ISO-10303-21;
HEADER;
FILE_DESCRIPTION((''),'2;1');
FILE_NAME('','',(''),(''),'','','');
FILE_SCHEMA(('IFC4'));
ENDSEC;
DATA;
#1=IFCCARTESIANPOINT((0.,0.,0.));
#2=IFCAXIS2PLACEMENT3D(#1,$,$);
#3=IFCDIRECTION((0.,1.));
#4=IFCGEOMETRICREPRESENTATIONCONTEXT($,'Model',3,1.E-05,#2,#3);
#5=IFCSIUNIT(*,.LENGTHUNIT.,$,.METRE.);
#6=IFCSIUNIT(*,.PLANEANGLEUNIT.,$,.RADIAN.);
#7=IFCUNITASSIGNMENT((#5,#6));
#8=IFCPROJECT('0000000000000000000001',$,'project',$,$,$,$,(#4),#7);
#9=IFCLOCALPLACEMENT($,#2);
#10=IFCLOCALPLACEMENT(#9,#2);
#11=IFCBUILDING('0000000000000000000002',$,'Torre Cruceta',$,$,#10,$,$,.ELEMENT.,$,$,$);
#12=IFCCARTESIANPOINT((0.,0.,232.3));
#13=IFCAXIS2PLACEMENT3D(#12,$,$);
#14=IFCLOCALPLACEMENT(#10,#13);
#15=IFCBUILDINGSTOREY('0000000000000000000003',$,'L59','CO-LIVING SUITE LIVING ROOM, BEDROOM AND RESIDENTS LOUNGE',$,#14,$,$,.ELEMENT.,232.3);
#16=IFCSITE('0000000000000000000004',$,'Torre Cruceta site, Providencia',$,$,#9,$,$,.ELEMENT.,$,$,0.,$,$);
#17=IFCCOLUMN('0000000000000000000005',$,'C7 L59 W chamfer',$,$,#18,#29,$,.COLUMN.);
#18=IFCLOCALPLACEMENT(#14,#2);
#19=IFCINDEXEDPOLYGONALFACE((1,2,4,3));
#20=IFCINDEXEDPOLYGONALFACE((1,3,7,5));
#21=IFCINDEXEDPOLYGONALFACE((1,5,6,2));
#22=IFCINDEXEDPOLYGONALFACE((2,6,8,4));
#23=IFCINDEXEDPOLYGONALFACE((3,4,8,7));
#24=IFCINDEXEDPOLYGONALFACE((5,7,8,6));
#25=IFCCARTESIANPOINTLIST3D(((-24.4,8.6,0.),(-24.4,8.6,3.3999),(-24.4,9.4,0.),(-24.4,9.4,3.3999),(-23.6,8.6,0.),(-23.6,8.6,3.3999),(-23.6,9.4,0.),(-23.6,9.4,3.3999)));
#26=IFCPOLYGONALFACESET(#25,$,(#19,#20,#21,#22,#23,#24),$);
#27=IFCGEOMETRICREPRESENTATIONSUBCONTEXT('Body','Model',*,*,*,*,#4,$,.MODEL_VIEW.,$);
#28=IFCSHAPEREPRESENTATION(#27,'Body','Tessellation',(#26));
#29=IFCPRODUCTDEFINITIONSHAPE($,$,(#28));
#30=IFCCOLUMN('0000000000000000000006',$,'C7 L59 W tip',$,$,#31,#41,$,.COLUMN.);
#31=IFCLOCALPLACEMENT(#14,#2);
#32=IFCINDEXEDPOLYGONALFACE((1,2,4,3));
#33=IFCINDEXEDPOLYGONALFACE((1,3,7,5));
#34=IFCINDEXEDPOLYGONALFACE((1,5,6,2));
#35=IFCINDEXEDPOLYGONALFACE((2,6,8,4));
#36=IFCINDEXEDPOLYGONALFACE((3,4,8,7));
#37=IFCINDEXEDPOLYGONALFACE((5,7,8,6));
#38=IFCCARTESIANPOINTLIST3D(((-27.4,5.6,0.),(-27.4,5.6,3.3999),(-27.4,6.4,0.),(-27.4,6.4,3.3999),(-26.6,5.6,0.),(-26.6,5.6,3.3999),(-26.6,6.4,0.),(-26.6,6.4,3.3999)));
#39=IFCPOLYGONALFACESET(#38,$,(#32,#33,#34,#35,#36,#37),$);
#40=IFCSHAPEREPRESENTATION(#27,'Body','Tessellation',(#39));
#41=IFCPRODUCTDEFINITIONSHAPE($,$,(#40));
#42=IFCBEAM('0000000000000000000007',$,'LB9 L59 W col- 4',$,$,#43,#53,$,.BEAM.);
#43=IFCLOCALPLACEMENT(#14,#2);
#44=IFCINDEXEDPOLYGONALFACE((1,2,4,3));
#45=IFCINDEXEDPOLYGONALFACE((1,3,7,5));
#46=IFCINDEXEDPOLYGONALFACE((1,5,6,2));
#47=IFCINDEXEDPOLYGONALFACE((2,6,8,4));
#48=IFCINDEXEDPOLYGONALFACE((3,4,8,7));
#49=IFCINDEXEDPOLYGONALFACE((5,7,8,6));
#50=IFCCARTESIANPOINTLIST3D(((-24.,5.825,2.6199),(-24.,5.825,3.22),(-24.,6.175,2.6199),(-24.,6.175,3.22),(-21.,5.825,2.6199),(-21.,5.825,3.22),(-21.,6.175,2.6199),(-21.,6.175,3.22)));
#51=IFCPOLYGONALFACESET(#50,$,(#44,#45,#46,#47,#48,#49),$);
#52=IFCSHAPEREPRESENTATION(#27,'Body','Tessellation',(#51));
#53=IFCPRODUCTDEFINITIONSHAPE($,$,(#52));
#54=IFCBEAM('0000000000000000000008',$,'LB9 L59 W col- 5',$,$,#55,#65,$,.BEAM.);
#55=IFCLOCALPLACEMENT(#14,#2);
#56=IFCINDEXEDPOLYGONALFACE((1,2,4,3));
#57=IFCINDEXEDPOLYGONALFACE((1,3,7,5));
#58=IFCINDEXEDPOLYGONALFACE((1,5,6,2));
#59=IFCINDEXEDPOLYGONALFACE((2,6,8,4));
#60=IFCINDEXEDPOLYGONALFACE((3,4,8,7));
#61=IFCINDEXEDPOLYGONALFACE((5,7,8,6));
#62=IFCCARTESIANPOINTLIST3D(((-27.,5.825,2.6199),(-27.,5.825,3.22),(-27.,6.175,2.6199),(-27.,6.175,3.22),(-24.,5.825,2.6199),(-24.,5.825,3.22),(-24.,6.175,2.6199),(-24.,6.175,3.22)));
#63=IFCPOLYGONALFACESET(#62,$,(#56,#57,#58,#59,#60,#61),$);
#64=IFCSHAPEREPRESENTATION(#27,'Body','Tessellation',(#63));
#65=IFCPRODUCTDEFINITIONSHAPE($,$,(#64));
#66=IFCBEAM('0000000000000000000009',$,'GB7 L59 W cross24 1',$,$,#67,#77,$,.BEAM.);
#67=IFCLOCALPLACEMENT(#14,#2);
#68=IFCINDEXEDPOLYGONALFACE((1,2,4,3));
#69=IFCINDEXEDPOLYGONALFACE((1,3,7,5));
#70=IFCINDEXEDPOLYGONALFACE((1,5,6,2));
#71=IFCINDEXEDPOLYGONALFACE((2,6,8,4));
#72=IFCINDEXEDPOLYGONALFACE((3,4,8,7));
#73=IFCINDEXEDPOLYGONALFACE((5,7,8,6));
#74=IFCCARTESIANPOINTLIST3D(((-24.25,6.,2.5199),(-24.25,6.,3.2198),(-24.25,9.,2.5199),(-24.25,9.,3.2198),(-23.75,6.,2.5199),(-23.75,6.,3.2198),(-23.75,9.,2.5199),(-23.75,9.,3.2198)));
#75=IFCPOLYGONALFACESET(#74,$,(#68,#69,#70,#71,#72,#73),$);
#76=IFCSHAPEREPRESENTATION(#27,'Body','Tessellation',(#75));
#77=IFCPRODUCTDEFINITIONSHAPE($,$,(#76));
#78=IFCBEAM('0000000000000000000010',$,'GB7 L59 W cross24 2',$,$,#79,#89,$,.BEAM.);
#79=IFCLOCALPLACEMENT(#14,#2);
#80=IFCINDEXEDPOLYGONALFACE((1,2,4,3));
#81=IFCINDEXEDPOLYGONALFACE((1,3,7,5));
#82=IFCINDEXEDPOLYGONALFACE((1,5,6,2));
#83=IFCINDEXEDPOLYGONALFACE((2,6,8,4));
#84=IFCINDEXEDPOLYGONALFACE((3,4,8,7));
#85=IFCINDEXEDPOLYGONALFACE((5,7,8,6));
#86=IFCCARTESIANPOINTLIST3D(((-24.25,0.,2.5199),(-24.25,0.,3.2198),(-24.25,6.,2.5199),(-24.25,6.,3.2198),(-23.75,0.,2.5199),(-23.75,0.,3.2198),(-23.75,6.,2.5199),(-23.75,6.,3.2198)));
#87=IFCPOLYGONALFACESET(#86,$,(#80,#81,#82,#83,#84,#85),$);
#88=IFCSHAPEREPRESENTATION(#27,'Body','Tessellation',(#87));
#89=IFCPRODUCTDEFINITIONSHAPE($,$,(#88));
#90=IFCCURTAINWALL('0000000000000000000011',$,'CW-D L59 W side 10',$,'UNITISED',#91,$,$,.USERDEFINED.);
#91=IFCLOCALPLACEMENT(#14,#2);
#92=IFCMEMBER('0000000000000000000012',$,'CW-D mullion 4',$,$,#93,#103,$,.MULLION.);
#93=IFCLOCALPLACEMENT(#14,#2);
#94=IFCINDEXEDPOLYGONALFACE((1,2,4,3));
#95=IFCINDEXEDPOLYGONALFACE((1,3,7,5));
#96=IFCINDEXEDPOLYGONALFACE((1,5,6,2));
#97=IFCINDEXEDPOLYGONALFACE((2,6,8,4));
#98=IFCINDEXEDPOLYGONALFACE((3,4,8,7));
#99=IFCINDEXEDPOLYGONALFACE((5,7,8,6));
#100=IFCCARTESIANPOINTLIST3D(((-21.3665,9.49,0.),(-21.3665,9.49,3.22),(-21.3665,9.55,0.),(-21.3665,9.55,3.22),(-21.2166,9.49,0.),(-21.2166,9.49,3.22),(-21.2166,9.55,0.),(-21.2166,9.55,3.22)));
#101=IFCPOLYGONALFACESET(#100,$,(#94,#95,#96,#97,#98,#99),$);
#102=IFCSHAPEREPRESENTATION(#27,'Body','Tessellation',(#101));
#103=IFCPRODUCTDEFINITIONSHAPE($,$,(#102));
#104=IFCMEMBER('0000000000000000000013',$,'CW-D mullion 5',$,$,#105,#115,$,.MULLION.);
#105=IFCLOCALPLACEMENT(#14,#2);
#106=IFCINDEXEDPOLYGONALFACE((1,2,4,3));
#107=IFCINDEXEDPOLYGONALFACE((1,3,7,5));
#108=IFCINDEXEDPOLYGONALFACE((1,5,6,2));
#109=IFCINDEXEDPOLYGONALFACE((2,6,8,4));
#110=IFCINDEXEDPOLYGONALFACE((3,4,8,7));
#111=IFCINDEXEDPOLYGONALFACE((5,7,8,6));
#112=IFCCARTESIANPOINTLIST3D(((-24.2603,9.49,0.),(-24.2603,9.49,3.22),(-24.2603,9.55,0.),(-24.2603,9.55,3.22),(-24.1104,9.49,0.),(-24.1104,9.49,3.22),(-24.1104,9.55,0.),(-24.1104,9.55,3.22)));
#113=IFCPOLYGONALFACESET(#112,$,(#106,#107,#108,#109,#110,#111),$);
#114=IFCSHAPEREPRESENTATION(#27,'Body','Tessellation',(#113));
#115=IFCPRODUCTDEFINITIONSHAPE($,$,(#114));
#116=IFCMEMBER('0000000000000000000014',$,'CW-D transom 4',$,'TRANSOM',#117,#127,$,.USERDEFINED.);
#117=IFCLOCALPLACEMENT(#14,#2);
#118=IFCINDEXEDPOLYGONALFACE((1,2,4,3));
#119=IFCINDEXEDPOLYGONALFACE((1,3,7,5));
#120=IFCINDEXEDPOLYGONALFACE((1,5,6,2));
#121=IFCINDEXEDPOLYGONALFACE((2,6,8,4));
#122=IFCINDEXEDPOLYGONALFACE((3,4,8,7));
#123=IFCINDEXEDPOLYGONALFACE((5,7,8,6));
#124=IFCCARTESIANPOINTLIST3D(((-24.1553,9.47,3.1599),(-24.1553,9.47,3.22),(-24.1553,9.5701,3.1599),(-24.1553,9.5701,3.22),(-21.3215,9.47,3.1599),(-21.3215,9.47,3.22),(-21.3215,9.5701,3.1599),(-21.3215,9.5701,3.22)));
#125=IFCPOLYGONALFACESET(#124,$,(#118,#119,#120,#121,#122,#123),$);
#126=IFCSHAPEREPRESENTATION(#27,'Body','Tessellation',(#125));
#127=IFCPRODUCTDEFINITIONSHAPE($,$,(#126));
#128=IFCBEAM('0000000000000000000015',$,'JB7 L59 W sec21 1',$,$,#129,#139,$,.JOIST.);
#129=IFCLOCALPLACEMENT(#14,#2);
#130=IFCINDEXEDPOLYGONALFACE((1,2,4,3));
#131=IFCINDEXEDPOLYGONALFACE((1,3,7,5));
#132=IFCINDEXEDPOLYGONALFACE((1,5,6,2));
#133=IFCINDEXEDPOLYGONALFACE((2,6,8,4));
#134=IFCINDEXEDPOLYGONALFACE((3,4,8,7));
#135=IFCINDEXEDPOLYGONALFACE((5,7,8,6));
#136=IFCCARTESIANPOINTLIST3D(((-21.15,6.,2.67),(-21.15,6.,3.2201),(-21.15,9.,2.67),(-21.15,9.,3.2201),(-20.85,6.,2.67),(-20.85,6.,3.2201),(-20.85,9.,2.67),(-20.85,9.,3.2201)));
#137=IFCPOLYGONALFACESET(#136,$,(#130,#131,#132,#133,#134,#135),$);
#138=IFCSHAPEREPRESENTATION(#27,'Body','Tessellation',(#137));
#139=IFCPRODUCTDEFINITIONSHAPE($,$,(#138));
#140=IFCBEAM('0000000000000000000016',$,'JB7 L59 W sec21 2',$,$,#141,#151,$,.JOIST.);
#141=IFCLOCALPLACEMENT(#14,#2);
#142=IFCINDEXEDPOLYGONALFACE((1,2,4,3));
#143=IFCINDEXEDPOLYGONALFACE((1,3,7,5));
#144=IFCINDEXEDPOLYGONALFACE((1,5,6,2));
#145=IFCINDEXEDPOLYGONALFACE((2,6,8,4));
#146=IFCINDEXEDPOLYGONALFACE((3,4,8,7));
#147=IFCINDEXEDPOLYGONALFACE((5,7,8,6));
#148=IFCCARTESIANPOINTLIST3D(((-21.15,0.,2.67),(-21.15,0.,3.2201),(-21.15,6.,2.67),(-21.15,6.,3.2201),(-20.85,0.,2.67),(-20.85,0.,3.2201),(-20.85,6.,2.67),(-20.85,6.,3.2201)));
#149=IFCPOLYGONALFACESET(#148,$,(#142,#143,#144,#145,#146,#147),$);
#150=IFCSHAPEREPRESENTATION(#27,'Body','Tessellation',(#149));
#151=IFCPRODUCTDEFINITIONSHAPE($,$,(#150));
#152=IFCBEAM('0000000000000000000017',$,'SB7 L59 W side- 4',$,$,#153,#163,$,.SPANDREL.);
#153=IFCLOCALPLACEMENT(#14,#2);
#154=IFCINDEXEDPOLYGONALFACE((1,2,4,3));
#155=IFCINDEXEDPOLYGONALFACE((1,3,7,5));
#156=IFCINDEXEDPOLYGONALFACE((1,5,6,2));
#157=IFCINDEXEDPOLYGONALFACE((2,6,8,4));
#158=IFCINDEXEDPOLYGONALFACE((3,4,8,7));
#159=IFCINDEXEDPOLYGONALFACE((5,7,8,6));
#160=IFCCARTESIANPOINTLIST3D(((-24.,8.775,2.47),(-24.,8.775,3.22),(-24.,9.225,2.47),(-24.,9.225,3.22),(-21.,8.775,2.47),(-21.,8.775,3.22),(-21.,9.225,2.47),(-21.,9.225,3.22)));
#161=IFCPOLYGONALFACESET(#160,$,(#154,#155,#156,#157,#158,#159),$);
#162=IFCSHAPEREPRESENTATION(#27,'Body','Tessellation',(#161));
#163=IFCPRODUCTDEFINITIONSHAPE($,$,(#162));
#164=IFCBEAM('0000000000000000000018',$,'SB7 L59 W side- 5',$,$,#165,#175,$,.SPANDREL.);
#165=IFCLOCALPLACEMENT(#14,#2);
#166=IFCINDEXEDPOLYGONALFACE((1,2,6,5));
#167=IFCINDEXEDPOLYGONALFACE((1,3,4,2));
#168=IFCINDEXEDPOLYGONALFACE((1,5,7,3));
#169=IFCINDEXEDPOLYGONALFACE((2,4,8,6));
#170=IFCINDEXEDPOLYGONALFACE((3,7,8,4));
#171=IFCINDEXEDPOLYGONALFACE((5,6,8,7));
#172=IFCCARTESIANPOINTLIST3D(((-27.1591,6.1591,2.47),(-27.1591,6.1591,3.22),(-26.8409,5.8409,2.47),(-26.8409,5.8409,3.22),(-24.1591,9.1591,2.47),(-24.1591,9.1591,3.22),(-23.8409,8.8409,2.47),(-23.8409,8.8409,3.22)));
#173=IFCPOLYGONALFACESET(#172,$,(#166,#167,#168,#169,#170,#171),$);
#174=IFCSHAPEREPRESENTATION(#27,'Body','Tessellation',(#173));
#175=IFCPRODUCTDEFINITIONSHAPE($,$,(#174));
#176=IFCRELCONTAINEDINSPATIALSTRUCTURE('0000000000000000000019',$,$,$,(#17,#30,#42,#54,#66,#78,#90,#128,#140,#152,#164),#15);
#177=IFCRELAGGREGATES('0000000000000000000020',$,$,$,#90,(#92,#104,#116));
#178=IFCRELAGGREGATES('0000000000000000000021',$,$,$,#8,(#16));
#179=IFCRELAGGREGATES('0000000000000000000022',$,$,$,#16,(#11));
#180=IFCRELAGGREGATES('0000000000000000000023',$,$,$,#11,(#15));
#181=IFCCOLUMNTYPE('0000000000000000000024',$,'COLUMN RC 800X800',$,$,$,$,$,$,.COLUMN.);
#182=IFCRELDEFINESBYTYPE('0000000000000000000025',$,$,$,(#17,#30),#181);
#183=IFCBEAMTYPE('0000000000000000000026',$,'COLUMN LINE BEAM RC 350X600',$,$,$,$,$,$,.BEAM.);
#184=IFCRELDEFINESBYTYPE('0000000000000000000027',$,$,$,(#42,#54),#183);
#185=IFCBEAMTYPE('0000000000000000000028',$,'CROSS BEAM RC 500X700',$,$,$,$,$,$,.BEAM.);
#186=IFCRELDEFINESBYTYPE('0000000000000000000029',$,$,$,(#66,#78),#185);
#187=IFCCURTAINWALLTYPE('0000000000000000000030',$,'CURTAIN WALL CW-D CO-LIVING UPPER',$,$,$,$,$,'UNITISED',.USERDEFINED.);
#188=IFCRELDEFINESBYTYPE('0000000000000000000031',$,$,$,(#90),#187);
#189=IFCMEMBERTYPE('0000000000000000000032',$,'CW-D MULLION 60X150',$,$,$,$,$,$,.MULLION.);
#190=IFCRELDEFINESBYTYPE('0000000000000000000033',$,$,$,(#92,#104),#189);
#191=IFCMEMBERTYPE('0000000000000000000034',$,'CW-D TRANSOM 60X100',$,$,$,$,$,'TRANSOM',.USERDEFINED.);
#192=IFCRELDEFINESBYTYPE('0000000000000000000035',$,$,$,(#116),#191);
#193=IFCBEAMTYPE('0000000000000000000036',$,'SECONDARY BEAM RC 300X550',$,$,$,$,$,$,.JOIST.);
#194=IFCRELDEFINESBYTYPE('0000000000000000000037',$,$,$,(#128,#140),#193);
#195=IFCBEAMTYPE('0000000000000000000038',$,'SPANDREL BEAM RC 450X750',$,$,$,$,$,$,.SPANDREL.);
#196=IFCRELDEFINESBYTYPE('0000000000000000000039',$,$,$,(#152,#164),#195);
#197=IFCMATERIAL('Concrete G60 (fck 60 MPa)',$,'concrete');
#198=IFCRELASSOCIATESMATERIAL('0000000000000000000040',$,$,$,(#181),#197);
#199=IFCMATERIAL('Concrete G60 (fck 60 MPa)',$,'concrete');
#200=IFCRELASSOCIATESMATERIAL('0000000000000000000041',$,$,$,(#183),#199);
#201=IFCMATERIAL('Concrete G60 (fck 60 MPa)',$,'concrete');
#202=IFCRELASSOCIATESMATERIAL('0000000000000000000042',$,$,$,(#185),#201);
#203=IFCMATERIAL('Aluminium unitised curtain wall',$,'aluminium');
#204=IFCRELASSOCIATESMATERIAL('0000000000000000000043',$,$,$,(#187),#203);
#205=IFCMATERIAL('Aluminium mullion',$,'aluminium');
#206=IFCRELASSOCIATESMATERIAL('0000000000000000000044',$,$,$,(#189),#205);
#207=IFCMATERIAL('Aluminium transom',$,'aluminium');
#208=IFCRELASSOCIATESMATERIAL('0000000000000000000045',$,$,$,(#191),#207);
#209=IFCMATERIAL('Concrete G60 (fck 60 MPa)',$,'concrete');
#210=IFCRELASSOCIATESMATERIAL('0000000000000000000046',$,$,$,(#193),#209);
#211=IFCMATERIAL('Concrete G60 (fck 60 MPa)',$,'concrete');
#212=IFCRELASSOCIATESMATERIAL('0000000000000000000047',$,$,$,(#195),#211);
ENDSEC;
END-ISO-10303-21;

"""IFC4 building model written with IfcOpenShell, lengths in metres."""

from ifc_helpers import new_model, si_unit, direction, frame, origin, origin_2d, place, context, subcontext, project, spatial, rectangle, extrude, material, material_profile, profile_set, type_object, element, aggregate, save


model = new_model("IFC4")

# Units and contexts
model_context = context("Model", 3, precision=1e-05, world=origin(), true_north=direction((0.0, 1.0)))
body_context = subcontext(model_context, "Body", "Model", "MODEL_VIEW")
ifc_project = project(units=[si_unit("LENGTHUNIT", "METRE"), si_unit("PLANEANGLEUNIT", "RADIAN")], contexts=[model_context])

# Site, building, storey
site_placement = place(None, origin())
site = spatial("IfcSite", under=ifc_project, at=site_placement, Name="Torre Cruceta site, Providencia", CompositionType="ELEMENT", RefElevation=0.0)
building_placement = place(site_placement, origin())
building = spatial("IfcBuilding", under=site, at=building_placement, Name="Torre Cruceta", CompositionType="ELEMENT")
storey_placement = place(building_placement, frame((0.0, 0.0, 232.3)))
storey = spatial("IfcBuildingStorey", under=building, at=storey_placement, Name="L59", Description="CO-LIVING SUITE LIVING ROOM, BEDROOM AND RESIDENTS LOUNGE", CompositionType="ELEMENT", Elevation=232.3)

# Columns
ifc_material_1 = material(Name="Concrete G60 (fck 60 MPa)", Category="concrete")
ifc_material_profile_1 = material_profile(ifc_material_1, rectangle(XDim=0.8, YDim=0.8, at=origin_2d()), Name="RC 800X800")
ifc_profile_set_1 = profile_set([ifc_material_profile_1], Name="Concrete G60 (fck 60 MPa)")
column_type = type_object("IfcColumnType", Name="COLUMN RC 800X800", PredefinedType="COLUMN", material=ifc_profile_set_1)
for number, where, z_axis, x_axis, name in (
    (1, (-24.0, 9.0, 0.0), (0.0, 0.0, 1.0), (1.0, 0.0, 0.0), "C7 L59 W chamfer"),
    (2, (-27.0, 6.0, 0.0), (0.0, 0.0, 1.0), (1.0, 0.0, 0.0), "C7 L59 W tip"),
):
    element("IfcColumn", number, at=place(storey_placement, frame(where, z_axis=z_axis, x_axis=x_axis)), inside=storey, type_object=column_type, Name=name, PredefinedType="COLUMN", context=body_context, shape_type="SweptSolid", body=[
        extrude(rectangle(XDim=0.8, YDim=0.8, at=origin_2d()), origin(), (0.0, 0.0, 1.0), 3.3999),
    ])

# Beams
ifc_material_2 = material(Name="Concrete G60 (fck 60 MPa)", Category="concrete")
ifc_material_profile_2 = material_profile(ifc_material_2, rectangle(XDim=0.3501, YDim=0.6001, at=origin_2d()), Name="RC 350X600")
ifc_profile_set_2 = profile_set([ifc_material_profile_2], Name="Concrete G60 (fck 60 MPa)")
beam_type_1 = type_object("IfcBeamType", Name="COLUMN LINE BEAM RC 350X600", PredefinedType="BEAM", material=ifc_profile_set_2)
for number, where, z_axis, x_axis, name in (
    (3, (-21.0, 6.0, 2.9199), (-1.0, 0.0, 0.0), (0.0, -1.0, 0.0), "LB9 L59 W col- 4"),
    (4, (-24.0, 6.0, 2.9199), (-1.0, 0.0, 0.0), (0.0, -1.0, 0.0), "LB9 L59 W col- 5"),
):
    element("IfcBeam", number, at=place(storey_placement, frame(where, z_axis=z_axis, x_axis=x_axis)), inside=storey, type_object=beam_type_1, Name=name, PredefinedType="BEAM", context=body_context, shape_type="SweptSolid", body=[
        extrude(rectangle(XDim=0.3501, YDim=0.6001, at=origin_2d()), origin(), (0.0, 0.0, 1.0), 3.0),
    ])
ifc_material_3 = material(Name="Concrete G60 (fck 60 MPa)", Category="concrete")
ifc_material_profile_3 = material_profile(ifc_material_3, rectangle(XDim=0.5, YDim=0.7, at=origin_2d()), Name="RC 500X700")
ifc_profile_set_3 = profile_set([ifc_material_profile_3], Name="Concrete G60 (fck 60 MPa)")
beam_type_2 = type_object("IfcBeamType", Name="CROSS BEAM RC 500X700", PredefinedType="BEAM", material=ifc_profile_set_3)
beam_1_placement = place(storey_placement, frame((-24.0, 9.0, 2.8699), z_axis=(0.0, -1.0, 0.0), x_axis=(1.0, 0.0, 0.0)))
element("IfcBeam", 5, at=beam_1_placement, inside=storey, type_object=beam_type_2, Name="GB7 L59 W cross24 1", PredefinedType="BEAM", context=body_context, shape_type="SweptSolid", body=[
    extrude(rectangle(XDim=0.5, YDim=0.7, at=origin_2d()), origin(), (0.0, 0.0, 1.0), 3.0),
])
beam_2_placement = place(storey_placement, frame((-24.0, 6.0, 2.8699), z_axis=(0.0, -1.0, 0.0), x_axis=(1.0, 0.0, 0.0)))
element("IfcBeam", 6, at=beam_2_placement, inside=storey, type_object=beam_type_2, Name="GB7 L59 W cross24 2", PredefinedType="BEAM", context=body_context, shape_type="SweptSolid", body=[
    extrude(rectangle(XDim=0.5, YDim=0.7, at=origin_2d()), origin(), (0.0, 0.0, 1.0), 6.0),
])

# Curtain wall, members
ifc_material_4 = material(Name="Aluminium unitised curtain wall", Category="aluminium")
curtain_wall_type = type_object("IfcCurtainWallType", Name="CURTAIN WALL CW-D CO-LIVING UPPER", ElementType="UNITISED", PredefinedType="USERDEFINED", material=ifc_material_4)
curtain_wall_placement = place(storey_placement, origin())
curtain_wall = element("IfcCurtainWall", 7, at=curtain_wall_placement, inside=storey, type_object=curtain_wall_type, Name="CW-D L59 W side 10", ObjectType="UNITISED", PredefinedType="USERDEFINED")
ifc_material_5 = material(Name="Aluminium mullion", Category="aluminium")
ifc_material_profile_4 = material_profile(ifc_material_5, rectangle(XDim=0.0601, YDim=0.1499, at=origin_2d()), Name="AL 60X150")
ifc_profile_set_4 = profile_set([ifc_material_profile_4], Name="Aluminium mullion")
member_type_1 = type_object("IfcMemberType", Name="CW-D MULLION 60X150", PredefinedType="MULLION", material=ifc_profile_set_4)
member_1_placement = place(storey_placement, frame((-21.2915, 9.52, 0.0), z_axis=(0.0, 0.0, 1.0), x_axis=(0.0, -1.0, 0.0)))
member_1 = element("IfcMember", 8, at=member_1_placement, type_object=member_type_1, Name="CW-D mullion 4", PredefinedType="MULLION", context=body_context, shape_type="SweptSolid", body=[
    extrude(rectangle(XDim=0.0601, YDim=0.1499, at=origin_2d()), origin(), (0.0, 0.0, 1.0), 3.22),
])
member_2_placement = place(storey_placement, frame((-24.1853, 9.52, 0.0), z_axis=(0.0, 0.0, 1.0), x_axis=(0.0, -1.0, 0.0)))
member_2 = element("IfcMember", 9, at=member_2_placement, type_object=member_type_1, Name="CW-D mullion 5", PredefinedType="MULLION", context=body_context, shape_type="SweptSolid", body=[
    extrude(rectangle(XDim=0.0601, YDim=0.1499, at=origin_2d()), origin(), (0.0, 0.0, 1.0), 3.22),
])
ifc_material_6 = material(Name="Aluminium transom", Category="aluminium")
ifc_material_profile_5 = material_profile(ifc_material_6, rectangle(XDim=0.1001, YDim=0.0601, at=origin_2d()), Name="AL 100X60")
ifc_profile_set_5 = profile_set([ifc_material_profile_5], Name="Aluminium transom")
member_type_2 = type_object("IfcMemberType", Name="CW-D TRANSOM 60X100", ElementType="TRANSOM", PredefinedType="USERDEFINED", material=ifc_profile_set_5)
member_3_placement = place(storey_placement, frame((-21.3215, 9.52, 3.1899), z_axis=(-1.0, 0.0, 0.0), x_axis=(0.0, -1.0, 0.0)))
member_3 = element("IfcMember", 10, at=member_3_placement, type_object=member_type_2, Name="CW-D transom 4", ObjectType="TRANSOM", PredefinedType="USERDEFINED", context=body_context, shape_type="SweptSolid", body=[
    extrude(rectangle(XDim=0.1001, YDim=0.0601, at=origin_2d()), origin(), (0.0, 0.0, 1.0), 2.8337),
])

# Beams
ifc_material_7 = material(Name="Concrete G60 (fck 60 MPa)", Category="concrete")
ifc_material_profile_6 = material_profile(ifc_material_7, rectangle(XDim=0.3, YDim=0.55, at=origin_2d()), Name="RC 300X550")
ifc_profile_set_6 = profile_set([ifc_material_profile_6], Name="Concrete G60 (fck 60 MPa)")
beam_type_3 = type_object("IfcBeamType", Name="SECONDARY BEAM RC 300X550", PredefinedType="JOIST", material=ifc_profile_set_6)
beam_3_placement = place(storey_placement, frame((-21.0, 9.0, 2.9451), z_axis=(0.0, -1.0, 0.0), x_axis=(1.0, 0.0, 0.0)))
element("IfcBeam", 11, at=beam_3_placement, inside=storey, type_object=beam_type_3, Name="JB7 L59 W sec21 1", PredefinedType="JOIST", context=body_context, shape_type="SweptSolid", body=[
    extrude(rectangle(XDim=0.3, YDim=0.55, at=origin_2d()), origin(), (0.0, 0.0, 1.0), 3.0),
])
beam_4_placement = place(storey_placement, frame((-21.0, 6.0, 2.9451), z_axis=(0.0, -1.0, 0.0), x_axis=(1.0, 0.0, 0.0)))
element("IfcBeam", 12, at=beam_4_placement, inside=storey, type_object=beam_type_3, Name="JB7 L59 W sec21 2", PredefinedType="JOIST", context=body_context, shape_type="SweptSolid", body=[
    extrude(rectangle(XDim=0.3, YDim=0.55, at=origin_2d()), origin(), (0.0, 0.0, 1.0), 6.0),
])
ifc_material_8 = material(Name="Concrete G60 (fck 60 MPa)", Category="concrete")
ifc_material_profile_7 = material_profile(ifc_material_8, rectangle(XDim=0.45, YDim=0.75, at=origin_2d()), Name="RC 450X750")
ifc_profile_set_7 = profile_set([ifc_material_profile_7], Name="Concrete G60 (fck 60 MPa)")
beam_type_4 = type_object("IfcBeamType", Name="SPANDREL BEAM RC 450X750", PredefinedType="SPANDREL", material=ifc_profile_set_7)
beam_5_placement = place(storey_placement, frame((-21.0, 9.0, 2.845), z_axis=(-1.0, 0.0, 0.0), x_axis=(0.0, -1.0, 0.0)))
element("IfcBeam", 13, at=beam_5_placement, inside=storey, type_object=beam_type_4, Name="SB7 L59 W side- 4", PredefinedType="SPANDREL", context=body_context, shape_type="SweptSolid", body=[
    extrude(rectangle(XDim=0.45, YDim=0.75, at=origin_2d()), origin(), (0.0, 0.0, 1.0), 3.0),
])
beam_6_placement = place(storey_placement, frame((-24.0, 9.0, 2.845), z_axis=(-0.707107, -0.707107, 0.0), x_axis=(0.707107, -0.707107, 0.0)))
element("IfcBeam", 14, at=beam_6_placement, inside=storey, type_object=beam_type_4, Name="SB7 L59 W side- 5", PredefinedType="SPANDREL", context=body_context, shape_type="SweptSolid", body=[
    extrude(rectangle(XDim=0.45, YDim=0.75, at=origin_2d()), origin(), (0.0, 0.0, 1.0), 4.2427),
])

aggregate(curtain_wall, [member_1, member_2, member_3])

save(model, "model.ifc")
